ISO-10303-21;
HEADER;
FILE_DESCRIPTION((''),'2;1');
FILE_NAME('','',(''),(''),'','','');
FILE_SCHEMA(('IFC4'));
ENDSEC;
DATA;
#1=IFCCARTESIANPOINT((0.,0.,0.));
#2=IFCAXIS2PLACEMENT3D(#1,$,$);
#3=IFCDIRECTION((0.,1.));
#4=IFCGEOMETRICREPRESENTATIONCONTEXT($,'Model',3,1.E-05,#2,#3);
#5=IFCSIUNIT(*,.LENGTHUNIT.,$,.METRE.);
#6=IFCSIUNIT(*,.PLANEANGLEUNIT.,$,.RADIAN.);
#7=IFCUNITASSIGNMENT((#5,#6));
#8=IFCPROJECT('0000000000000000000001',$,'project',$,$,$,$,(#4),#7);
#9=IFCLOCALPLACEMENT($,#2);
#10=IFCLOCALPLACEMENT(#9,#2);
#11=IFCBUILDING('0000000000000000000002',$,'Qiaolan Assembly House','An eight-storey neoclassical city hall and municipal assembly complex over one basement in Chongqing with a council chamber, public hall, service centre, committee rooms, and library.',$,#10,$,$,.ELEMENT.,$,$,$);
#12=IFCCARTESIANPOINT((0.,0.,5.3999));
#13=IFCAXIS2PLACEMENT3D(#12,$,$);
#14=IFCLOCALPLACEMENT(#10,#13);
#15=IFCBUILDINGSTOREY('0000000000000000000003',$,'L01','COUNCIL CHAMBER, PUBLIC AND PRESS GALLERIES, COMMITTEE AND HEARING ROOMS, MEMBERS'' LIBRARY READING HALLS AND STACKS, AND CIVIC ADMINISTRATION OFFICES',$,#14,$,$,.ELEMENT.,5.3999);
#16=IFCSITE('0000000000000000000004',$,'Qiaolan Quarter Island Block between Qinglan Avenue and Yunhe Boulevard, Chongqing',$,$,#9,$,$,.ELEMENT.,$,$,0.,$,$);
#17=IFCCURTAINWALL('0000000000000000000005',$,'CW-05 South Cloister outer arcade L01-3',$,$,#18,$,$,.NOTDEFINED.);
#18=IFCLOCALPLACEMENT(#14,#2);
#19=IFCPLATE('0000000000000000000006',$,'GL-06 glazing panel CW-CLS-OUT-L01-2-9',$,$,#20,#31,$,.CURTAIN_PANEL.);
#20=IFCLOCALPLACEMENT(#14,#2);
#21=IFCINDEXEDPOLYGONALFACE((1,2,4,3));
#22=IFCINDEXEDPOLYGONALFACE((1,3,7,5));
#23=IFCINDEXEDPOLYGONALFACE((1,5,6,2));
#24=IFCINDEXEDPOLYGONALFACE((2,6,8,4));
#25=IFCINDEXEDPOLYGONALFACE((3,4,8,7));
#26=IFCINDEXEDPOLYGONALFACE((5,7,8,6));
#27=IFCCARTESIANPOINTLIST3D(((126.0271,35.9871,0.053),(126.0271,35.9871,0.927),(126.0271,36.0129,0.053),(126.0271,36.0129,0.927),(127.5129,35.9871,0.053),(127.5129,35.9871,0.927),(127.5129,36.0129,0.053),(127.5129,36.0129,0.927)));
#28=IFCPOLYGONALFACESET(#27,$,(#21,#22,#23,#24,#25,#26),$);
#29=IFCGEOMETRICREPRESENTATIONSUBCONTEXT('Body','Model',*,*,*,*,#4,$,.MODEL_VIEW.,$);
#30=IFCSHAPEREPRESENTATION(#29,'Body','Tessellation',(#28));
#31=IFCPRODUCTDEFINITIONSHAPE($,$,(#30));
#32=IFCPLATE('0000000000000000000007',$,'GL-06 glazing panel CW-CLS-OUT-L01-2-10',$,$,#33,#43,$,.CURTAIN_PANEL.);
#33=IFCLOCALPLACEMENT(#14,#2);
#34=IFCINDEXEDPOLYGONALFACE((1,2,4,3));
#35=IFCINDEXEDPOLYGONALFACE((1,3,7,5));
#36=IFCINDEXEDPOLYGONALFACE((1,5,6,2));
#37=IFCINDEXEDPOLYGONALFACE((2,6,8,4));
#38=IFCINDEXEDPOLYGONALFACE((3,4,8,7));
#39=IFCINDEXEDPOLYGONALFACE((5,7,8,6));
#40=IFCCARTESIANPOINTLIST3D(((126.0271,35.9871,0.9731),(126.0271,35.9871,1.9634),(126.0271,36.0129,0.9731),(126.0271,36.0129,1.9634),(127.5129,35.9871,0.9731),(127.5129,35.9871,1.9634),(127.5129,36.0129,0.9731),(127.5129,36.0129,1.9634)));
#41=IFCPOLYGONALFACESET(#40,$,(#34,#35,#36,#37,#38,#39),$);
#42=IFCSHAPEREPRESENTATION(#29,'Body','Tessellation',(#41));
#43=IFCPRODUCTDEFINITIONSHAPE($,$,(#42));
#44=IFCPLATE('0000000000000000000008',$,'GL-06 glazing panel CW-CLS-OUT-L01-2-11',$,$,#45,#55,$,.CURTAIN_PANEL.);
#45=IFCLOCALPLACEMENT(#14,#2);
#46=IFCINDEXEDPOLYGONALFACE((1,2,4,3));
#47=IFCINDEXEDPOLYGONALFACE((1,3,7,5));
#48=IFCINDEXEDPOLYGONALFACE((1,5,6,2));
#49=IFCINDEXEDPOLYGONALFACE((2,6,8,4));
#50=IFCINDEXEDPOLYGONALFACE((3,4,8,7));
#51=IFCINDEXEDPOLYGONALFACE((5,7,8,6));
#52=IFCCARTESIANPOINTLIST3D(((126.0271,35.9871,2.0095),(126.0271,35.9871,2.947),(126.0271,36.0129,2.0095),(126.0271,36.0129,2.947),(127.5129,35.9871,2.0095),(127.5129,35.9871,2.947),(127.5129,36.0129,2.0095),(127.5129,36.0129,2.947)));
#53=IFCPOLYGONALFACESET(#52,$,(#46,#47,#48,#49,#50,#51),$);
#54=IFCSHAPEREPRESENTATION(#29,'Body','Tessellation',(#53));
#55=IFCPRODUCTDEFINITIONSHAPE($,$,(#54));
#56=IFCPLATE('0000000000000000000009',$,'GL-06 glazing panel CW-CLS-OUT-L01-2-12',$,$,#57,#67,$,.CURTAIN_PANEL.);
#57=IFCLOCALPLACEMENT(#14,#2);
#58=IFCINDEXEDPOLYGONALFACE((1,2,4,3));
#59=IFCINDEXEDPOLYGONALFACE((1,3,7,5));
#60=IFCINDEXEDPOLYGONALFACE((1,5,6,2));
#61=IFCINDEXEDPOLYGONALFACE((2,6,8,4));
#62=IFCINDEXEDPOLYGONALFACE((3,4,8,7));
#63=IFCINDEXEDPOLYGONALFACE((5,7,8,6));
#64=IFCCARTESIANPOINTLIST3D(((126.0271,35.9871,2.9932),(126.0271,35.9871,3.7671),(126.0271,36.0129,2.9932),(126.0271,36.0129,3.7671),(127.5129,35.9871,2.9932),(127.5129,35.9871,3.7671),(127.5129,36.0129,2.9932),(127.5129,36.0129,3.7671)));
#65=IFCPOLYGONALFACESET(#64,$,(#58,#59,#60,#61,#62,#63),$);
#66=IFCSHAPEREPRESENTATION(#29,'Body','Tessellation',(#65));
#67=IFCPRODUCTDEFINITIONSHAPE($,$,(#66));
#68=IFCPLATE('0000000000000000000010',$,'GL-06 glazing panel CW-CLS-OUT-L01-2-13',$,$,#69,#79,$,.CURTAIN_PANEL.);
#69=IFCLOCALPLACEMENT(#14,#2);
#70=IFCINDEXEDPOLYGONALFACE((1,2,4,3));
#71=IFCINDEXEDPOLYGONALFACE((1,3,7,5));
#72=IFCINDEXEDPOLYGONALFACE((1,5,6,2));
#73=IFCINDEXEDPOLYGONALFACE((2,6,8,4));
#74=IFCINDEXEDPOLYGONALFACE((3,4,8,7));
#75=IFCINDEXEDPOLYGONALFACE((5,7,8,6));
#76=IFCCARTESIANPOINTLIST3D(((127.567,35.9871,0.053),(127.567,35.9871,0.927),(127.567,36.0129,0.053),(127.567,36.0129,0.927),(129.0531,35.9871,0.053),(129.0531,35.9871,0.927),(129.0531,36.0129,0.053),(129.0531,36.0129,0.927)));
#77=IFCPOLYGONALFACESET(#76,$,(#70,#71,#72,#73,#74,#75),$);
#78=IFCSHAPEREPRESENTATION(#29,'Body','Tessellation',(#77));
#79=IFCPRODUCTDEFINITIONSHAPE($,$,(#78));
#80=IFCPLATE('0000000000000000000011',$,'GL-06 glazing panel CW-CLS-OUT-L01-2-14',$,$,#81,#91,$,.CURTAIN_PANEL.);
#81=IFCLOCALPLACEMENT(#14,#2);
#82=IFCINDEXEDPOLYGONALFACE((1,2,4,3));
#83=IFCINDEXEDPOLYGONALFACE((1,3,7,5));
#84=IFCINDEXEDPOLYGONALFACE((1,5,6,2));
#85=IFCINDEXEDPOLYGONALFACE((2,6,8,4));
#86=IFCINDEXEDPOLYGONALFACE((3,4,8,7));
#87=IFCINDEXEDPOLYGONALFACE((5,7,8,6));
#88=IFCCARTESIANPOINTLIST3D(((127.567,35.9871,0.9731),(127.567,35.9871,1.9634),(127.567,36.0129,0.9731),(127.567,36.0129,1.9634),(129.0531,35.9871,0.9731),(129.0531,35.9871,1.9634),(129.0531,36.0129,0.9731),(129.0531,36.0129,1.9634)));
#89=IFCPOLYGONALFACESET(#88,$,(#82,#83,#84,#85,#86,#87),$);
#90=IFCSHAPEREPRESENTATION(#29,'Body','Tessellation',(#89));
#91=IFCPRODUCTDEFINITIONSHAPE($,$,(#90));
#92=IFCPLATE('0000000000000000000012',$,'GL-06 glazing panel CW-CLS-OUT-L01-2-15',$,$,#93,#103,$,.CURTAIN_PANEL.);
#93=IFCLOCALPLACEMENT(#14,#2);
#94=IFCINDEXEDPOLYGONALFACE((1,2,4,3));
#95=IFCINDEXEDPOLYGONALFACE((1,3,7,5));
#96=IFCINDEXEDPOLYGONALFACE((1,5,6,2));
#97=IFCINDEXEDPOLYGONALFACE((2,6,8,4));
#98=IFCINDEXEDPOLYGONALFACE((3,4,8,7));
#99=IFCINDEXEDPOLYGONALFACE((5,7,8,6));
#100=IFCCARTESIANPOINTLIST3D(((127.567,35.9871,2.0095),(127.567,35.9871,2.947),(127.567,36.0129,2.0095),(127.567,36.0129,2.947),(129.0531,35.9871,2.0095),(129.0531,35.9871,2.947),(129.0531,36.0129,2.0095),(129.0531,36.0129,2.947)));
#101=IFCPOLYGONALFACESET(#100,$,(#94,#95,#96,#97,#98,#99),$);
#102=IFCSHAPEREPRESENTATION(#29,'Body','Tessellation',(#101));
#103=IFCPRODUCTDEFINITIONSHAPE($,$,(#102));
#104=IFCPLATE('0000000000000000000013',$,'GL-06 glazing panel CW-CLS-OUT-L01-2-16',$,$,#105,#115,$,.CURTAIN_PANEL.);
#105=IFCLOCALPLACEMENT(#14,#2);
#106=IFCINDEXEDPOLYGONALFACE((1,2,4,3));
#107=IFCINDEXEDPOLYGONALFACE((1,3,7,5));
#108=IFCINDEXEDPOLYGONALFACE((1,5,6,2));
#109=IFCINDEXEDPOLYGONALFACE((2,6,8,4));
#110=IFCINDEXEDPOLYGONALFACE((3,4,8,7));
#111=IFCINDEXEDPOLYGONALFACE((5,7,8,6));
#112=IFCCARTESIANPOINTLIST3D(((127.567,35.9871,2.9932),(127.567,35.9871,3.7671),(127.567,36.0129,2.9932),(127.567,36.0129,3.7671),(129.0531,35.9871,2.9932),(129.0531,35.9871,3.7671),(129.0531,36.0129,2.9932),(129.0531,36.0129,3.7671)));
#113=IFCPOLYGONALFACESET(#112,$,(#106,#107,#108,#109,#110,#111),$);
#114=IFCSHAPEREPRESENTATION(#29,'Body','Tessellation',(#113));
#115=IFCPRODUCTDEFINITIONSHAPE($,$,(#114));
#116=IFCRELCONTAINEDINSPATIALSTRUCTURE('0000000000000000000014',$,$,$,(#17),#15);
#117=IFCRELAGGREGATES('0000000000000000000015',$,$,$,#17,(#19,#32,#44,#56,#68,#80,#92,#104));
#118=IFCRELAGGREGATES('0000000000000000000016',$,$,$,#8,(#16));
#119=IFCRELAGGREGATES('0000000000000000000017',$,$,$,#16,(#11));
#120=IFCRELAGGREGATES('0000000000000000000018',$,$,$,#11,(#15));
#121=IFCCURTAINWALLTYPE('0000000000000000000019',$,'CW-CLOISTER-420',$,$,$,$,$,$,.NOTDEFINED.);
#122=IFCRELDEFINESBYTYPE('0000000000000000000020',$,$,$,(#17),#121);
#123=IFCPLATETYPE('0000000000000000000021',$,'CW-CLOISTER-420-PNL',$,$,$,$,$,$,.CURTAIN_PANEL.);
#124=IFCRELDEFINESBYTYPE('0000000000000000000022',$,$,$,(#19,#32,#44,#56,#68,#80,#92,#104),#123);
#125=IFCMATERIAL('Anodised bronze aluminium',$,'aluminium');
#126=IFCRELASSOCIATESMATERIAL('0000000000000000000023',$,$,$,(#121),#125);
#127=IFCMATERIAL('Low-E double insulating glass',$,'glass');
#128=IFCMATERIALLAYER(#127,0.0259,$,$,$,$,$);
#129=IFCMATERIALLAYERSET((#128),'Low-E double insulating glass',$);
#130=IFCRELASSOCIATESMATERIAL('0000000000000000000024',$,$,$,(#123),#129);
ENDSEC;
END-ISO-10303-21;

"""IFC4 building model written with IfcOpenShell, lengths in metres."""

from ifc_helpers import new_model, si_unit, direction, frame, frame_2d, origin, place, context, subcontext, project, spatial, rectangle, extrude, material, layer, layer_set, type_object, element, aggregate, save


model = new_model("IFC4")

# Units and contexts
model_context = context("Model", 3, precision=1e-05, world=origin(), true_north=direction((0.0, 1.0)))
body_context = subcontext(model_context, "Body", "Model", "MODEL_VIEW")
ifc_project = project(units=[si_unit("LENGTHUNIT", "METRE"), si_unit("PLANEANGLEUNIT", "RADIAN")], contexts=[model_context])

# Site, building, storey
site_placement = place(None, origin())
site = spatial("IfcSite", under=ifc_project, at=site_placement, Name="Qiaolan Quarter Island Block between Qinglan Avenue and Yunhe Boulevard, Chongqing", CompositionType="ELEMENT", RefElevation=0.0)
building_placement = place(site_placement, origin())
building = spatial("IfcBuilding", under=site, at=building_placement, Name="Qiaolan Assembly House", Description="An eight-storey neoclassical city hall and municipal assembly complex over one basement in Chongqing with a council chamber, public hall, service centre, committee rooms, and library.", CompositionType="ELEMENT")
storey_placement = place(building_placement, frame((0.0, 0.0, 5.3999)))
storey = spatial("IfcBuildingStorey", under=building, at=storey_placement, Name="L01", Description="COUNCIL CHAMBER, PUBLIC AND PRESS GALLERIES, COMMITTEE AND HEARING ROOMS, MEMBERS' LIBRARY READING HALLS AND STACKS, AND CIVIC ADMINISTRATION OFFICES", CompositionType="ELEMENT", Elevation=5.3999)

# Curtain wall, plates
ifc_material_1 = material(Name="Anodised bronze aluminium", Category="aluminium")
curtain_wall_type = type_object("IfcCurtainWallType", Name="CW-CLOISTER-420", PredefinedType="NOTDEFINED", material=ifc_material_1)
curtain_wall_placement = place(storey_placement, origin())
curtain_wall = element("IfcCurtainWall", 1, at=curtain_wall_placement, inside=storey, type_object=curtain_wall_type, Name="CW-05 South Cloister outer arcade L01-3", PredefinedType="NOTDEFINED")
ifc_material_2 = material(Name="Low-E double insulating glass", Category="glass")
ifc_layer = layer(ifc_material_2, 0.0259)
ifc_layer_set = layer_set([ifc_layer], Name="Low-E double insulating glass")
plate_type = type_object("IfcPlateType", Name="CW-CLOISTER-420-PNL", PredefinedType="CURTAIN_PANEL", material=ifc_layer_set)
plate_1_placement = place(storey_placement, frame((126.0271, 36.0, 0.053), z_axis=(0.0, 0.0, 1.0), x_axis=(1.0, 0.0, 0.0)))
plate_1 = element("IfcPlate", 2, at=plate_1_placement, type_object=plate_type, Name="GL-06 glazing panel CW-CLS-OUT-L01-2-9", PredefinedType="CURTAIN_PANEL", context=body_context, shape_type="SweptSolid", body=[
    extrude(rectangle(XDim=1.4858, YDim=0.0259, at=frame_2d((0.7429, 0.0))), origin(), (0.0, 0.0, 1.0), 0.874),
])
plate_2_placement = place(storey_placement, frame((126.0271, 36.0, 0.9731), z_axis=(0.0, 0.0, 1.0), x_axis=(1.0, 0.0, 0.0)))
plate_2 = element("IfcPlate", 3, at=plate_2_placement, type_object=plate_type, Name="GL-06 glazing panel CW-CLS-OUT-L01-2-10", PredefinedType="CURTAIN_PANEL", context=body_context, shape_type="SweptSolid", body=[
    extrude(rectangle(XDim=1.4858, YDim=0.0259, at=frame_2d((0.7429, 0.0))), origin(), (0.0, 0.0, 1.0), 0.9902),
])
plate_3_placement = place(storey_placement, frame((126.0271, 36.0, 2.0095), z_axis=(0.0, 0.0, 1.0), x_axis=(1.0, 0.0, 0.0)))
plate_3 = element("IfcPlate", 4, at=plate_3_placement, type_object=plate_type, Name="GL-06 glazing panel CW-CLS-OUT-L01-2-11", PredefinedType="CURTAIN_PANEL", context=body_context, shape_type="SweptSolid", body=[
    extrude(rectangle(XDim=1.4858, YDim=0.0259, at=frame_2d((0.7429, 0.0))), origin(), (0.0, 0.0, 1.0), 0.9375),
])
plate_4_placement = place(storey_placement, frame((126.0271, 36.0, 2.9932), z_axis=(0.0, 0.0, 1.0), x_axis=(1.0, 0.0, 0.0)))
plate_4 = element("IfcPlate", 5, at=plate_4_placement, type_object=plate_type, Name="GL-06 glazing panel CW-CLS-OUT-L01-2-12", PredefinedType="CURTAIN_PANEL", context=body_context, shape_type="SweptSolid", body=[
    extrude(rectangle(XDim=1.4858, YDim=0.0259, at=frame_2d((0.7429, 0.0))), origin(), (0.0, 0.0, 1.0), 0.7739),
])
plate_5_placement = place(storey_placement, frame((127.5669, 36.0, 0.053), z_axis=(0.0, 0.0, 1.0), x_axis=(1.0, 0.0, 0.0)))
plate_5 = element("IfcPlate", 6, at=plate_5_placement, type_object=plate_type, Name="GL-06 glazing panel CW-CLS-OUT-L01-2-13", PredefinedType="CURTAIN_PANEL", context=body_context, shape_type="SweptSolid", body=[
    extrude(rectangle(XDim=1.4861, YDim=0.0259, at=frame_2d((0.7432, 0.0))), origin(), (0.0, 0.0, 1.0), 0.874),
])
plate_6_placement = place(storey_placement, frame((127.5669, 36.0, 0.9731), z_axis=(0.0, 0.0, 1.0), x_axis=(1.0, 0.0, 0.0)))
plate_6 = element("IfcPlate", 7, at=plate_6_placement, type_object=plate_type, Name="GL-06 glazing panel CW-CLS-OUT-L01-2-14", PredefinedType="CURTAIN_PANEL", context=body_context, shape_type="SweptSolid", body=[
    extrude(rectangle(XDim=1.4861, YDim=0.0259, at=frame_2d((0.7432, 0.0))), origin(), (0.0, 0.0, 1.0), 0.9902),
])
plate_7_placement = place(storey_placement, frame((127.5669, 36.0, 2.0095), z_axis=(0.0, 0.0, 1.0), x_axis=(1.0, 0.0, 0.0)))
plate_7 = element("IfcPlate", 8, at=plate_7_placement, type_object=plate_type, Name="GL-06 glazing panel CW-CLS-OUT-L01-2-15", PredefinedType="CURTAIN_PANEL", context=body_context, shape_type="SweptSolid", body=[
    extrude(rectangle(XDim=1.4861, YDim=0.0259, at=frame_2d((0.7432, 0.0))), origin(), (0.0, 0.0, 1.0), 0.9375),
])
plate_8_placement = place(storey_placement, frame((127.5669, 36.0, 2.9932), z_axis=(0.0, 0.0, 1.0), x_axis=(1.0, 0.0, 0.0)))
plate_8 = element("IfcPlate", 9, at=plate_8_placement, type_object=plate_type, Name="GL-06 glazing panel CW-CLS-OUT-L01-2-16", PredefinedType="CURTAIN_PANEL", context=body_context, shape_type="SweptSolid", body=[
    extrude(rectangle(XDim=1.4861, YDim=0.0259, at=frame_2d((0.7432, 0.0))), origin(), (0.0, 0.0, 1.0), 0.7739),
])
aggregate(curtain_wall, [plate_1, plate_2, plate_3, plate_4, plate_5, plate_6, plate_7, plate_8])

save(model, "model.ifc")
